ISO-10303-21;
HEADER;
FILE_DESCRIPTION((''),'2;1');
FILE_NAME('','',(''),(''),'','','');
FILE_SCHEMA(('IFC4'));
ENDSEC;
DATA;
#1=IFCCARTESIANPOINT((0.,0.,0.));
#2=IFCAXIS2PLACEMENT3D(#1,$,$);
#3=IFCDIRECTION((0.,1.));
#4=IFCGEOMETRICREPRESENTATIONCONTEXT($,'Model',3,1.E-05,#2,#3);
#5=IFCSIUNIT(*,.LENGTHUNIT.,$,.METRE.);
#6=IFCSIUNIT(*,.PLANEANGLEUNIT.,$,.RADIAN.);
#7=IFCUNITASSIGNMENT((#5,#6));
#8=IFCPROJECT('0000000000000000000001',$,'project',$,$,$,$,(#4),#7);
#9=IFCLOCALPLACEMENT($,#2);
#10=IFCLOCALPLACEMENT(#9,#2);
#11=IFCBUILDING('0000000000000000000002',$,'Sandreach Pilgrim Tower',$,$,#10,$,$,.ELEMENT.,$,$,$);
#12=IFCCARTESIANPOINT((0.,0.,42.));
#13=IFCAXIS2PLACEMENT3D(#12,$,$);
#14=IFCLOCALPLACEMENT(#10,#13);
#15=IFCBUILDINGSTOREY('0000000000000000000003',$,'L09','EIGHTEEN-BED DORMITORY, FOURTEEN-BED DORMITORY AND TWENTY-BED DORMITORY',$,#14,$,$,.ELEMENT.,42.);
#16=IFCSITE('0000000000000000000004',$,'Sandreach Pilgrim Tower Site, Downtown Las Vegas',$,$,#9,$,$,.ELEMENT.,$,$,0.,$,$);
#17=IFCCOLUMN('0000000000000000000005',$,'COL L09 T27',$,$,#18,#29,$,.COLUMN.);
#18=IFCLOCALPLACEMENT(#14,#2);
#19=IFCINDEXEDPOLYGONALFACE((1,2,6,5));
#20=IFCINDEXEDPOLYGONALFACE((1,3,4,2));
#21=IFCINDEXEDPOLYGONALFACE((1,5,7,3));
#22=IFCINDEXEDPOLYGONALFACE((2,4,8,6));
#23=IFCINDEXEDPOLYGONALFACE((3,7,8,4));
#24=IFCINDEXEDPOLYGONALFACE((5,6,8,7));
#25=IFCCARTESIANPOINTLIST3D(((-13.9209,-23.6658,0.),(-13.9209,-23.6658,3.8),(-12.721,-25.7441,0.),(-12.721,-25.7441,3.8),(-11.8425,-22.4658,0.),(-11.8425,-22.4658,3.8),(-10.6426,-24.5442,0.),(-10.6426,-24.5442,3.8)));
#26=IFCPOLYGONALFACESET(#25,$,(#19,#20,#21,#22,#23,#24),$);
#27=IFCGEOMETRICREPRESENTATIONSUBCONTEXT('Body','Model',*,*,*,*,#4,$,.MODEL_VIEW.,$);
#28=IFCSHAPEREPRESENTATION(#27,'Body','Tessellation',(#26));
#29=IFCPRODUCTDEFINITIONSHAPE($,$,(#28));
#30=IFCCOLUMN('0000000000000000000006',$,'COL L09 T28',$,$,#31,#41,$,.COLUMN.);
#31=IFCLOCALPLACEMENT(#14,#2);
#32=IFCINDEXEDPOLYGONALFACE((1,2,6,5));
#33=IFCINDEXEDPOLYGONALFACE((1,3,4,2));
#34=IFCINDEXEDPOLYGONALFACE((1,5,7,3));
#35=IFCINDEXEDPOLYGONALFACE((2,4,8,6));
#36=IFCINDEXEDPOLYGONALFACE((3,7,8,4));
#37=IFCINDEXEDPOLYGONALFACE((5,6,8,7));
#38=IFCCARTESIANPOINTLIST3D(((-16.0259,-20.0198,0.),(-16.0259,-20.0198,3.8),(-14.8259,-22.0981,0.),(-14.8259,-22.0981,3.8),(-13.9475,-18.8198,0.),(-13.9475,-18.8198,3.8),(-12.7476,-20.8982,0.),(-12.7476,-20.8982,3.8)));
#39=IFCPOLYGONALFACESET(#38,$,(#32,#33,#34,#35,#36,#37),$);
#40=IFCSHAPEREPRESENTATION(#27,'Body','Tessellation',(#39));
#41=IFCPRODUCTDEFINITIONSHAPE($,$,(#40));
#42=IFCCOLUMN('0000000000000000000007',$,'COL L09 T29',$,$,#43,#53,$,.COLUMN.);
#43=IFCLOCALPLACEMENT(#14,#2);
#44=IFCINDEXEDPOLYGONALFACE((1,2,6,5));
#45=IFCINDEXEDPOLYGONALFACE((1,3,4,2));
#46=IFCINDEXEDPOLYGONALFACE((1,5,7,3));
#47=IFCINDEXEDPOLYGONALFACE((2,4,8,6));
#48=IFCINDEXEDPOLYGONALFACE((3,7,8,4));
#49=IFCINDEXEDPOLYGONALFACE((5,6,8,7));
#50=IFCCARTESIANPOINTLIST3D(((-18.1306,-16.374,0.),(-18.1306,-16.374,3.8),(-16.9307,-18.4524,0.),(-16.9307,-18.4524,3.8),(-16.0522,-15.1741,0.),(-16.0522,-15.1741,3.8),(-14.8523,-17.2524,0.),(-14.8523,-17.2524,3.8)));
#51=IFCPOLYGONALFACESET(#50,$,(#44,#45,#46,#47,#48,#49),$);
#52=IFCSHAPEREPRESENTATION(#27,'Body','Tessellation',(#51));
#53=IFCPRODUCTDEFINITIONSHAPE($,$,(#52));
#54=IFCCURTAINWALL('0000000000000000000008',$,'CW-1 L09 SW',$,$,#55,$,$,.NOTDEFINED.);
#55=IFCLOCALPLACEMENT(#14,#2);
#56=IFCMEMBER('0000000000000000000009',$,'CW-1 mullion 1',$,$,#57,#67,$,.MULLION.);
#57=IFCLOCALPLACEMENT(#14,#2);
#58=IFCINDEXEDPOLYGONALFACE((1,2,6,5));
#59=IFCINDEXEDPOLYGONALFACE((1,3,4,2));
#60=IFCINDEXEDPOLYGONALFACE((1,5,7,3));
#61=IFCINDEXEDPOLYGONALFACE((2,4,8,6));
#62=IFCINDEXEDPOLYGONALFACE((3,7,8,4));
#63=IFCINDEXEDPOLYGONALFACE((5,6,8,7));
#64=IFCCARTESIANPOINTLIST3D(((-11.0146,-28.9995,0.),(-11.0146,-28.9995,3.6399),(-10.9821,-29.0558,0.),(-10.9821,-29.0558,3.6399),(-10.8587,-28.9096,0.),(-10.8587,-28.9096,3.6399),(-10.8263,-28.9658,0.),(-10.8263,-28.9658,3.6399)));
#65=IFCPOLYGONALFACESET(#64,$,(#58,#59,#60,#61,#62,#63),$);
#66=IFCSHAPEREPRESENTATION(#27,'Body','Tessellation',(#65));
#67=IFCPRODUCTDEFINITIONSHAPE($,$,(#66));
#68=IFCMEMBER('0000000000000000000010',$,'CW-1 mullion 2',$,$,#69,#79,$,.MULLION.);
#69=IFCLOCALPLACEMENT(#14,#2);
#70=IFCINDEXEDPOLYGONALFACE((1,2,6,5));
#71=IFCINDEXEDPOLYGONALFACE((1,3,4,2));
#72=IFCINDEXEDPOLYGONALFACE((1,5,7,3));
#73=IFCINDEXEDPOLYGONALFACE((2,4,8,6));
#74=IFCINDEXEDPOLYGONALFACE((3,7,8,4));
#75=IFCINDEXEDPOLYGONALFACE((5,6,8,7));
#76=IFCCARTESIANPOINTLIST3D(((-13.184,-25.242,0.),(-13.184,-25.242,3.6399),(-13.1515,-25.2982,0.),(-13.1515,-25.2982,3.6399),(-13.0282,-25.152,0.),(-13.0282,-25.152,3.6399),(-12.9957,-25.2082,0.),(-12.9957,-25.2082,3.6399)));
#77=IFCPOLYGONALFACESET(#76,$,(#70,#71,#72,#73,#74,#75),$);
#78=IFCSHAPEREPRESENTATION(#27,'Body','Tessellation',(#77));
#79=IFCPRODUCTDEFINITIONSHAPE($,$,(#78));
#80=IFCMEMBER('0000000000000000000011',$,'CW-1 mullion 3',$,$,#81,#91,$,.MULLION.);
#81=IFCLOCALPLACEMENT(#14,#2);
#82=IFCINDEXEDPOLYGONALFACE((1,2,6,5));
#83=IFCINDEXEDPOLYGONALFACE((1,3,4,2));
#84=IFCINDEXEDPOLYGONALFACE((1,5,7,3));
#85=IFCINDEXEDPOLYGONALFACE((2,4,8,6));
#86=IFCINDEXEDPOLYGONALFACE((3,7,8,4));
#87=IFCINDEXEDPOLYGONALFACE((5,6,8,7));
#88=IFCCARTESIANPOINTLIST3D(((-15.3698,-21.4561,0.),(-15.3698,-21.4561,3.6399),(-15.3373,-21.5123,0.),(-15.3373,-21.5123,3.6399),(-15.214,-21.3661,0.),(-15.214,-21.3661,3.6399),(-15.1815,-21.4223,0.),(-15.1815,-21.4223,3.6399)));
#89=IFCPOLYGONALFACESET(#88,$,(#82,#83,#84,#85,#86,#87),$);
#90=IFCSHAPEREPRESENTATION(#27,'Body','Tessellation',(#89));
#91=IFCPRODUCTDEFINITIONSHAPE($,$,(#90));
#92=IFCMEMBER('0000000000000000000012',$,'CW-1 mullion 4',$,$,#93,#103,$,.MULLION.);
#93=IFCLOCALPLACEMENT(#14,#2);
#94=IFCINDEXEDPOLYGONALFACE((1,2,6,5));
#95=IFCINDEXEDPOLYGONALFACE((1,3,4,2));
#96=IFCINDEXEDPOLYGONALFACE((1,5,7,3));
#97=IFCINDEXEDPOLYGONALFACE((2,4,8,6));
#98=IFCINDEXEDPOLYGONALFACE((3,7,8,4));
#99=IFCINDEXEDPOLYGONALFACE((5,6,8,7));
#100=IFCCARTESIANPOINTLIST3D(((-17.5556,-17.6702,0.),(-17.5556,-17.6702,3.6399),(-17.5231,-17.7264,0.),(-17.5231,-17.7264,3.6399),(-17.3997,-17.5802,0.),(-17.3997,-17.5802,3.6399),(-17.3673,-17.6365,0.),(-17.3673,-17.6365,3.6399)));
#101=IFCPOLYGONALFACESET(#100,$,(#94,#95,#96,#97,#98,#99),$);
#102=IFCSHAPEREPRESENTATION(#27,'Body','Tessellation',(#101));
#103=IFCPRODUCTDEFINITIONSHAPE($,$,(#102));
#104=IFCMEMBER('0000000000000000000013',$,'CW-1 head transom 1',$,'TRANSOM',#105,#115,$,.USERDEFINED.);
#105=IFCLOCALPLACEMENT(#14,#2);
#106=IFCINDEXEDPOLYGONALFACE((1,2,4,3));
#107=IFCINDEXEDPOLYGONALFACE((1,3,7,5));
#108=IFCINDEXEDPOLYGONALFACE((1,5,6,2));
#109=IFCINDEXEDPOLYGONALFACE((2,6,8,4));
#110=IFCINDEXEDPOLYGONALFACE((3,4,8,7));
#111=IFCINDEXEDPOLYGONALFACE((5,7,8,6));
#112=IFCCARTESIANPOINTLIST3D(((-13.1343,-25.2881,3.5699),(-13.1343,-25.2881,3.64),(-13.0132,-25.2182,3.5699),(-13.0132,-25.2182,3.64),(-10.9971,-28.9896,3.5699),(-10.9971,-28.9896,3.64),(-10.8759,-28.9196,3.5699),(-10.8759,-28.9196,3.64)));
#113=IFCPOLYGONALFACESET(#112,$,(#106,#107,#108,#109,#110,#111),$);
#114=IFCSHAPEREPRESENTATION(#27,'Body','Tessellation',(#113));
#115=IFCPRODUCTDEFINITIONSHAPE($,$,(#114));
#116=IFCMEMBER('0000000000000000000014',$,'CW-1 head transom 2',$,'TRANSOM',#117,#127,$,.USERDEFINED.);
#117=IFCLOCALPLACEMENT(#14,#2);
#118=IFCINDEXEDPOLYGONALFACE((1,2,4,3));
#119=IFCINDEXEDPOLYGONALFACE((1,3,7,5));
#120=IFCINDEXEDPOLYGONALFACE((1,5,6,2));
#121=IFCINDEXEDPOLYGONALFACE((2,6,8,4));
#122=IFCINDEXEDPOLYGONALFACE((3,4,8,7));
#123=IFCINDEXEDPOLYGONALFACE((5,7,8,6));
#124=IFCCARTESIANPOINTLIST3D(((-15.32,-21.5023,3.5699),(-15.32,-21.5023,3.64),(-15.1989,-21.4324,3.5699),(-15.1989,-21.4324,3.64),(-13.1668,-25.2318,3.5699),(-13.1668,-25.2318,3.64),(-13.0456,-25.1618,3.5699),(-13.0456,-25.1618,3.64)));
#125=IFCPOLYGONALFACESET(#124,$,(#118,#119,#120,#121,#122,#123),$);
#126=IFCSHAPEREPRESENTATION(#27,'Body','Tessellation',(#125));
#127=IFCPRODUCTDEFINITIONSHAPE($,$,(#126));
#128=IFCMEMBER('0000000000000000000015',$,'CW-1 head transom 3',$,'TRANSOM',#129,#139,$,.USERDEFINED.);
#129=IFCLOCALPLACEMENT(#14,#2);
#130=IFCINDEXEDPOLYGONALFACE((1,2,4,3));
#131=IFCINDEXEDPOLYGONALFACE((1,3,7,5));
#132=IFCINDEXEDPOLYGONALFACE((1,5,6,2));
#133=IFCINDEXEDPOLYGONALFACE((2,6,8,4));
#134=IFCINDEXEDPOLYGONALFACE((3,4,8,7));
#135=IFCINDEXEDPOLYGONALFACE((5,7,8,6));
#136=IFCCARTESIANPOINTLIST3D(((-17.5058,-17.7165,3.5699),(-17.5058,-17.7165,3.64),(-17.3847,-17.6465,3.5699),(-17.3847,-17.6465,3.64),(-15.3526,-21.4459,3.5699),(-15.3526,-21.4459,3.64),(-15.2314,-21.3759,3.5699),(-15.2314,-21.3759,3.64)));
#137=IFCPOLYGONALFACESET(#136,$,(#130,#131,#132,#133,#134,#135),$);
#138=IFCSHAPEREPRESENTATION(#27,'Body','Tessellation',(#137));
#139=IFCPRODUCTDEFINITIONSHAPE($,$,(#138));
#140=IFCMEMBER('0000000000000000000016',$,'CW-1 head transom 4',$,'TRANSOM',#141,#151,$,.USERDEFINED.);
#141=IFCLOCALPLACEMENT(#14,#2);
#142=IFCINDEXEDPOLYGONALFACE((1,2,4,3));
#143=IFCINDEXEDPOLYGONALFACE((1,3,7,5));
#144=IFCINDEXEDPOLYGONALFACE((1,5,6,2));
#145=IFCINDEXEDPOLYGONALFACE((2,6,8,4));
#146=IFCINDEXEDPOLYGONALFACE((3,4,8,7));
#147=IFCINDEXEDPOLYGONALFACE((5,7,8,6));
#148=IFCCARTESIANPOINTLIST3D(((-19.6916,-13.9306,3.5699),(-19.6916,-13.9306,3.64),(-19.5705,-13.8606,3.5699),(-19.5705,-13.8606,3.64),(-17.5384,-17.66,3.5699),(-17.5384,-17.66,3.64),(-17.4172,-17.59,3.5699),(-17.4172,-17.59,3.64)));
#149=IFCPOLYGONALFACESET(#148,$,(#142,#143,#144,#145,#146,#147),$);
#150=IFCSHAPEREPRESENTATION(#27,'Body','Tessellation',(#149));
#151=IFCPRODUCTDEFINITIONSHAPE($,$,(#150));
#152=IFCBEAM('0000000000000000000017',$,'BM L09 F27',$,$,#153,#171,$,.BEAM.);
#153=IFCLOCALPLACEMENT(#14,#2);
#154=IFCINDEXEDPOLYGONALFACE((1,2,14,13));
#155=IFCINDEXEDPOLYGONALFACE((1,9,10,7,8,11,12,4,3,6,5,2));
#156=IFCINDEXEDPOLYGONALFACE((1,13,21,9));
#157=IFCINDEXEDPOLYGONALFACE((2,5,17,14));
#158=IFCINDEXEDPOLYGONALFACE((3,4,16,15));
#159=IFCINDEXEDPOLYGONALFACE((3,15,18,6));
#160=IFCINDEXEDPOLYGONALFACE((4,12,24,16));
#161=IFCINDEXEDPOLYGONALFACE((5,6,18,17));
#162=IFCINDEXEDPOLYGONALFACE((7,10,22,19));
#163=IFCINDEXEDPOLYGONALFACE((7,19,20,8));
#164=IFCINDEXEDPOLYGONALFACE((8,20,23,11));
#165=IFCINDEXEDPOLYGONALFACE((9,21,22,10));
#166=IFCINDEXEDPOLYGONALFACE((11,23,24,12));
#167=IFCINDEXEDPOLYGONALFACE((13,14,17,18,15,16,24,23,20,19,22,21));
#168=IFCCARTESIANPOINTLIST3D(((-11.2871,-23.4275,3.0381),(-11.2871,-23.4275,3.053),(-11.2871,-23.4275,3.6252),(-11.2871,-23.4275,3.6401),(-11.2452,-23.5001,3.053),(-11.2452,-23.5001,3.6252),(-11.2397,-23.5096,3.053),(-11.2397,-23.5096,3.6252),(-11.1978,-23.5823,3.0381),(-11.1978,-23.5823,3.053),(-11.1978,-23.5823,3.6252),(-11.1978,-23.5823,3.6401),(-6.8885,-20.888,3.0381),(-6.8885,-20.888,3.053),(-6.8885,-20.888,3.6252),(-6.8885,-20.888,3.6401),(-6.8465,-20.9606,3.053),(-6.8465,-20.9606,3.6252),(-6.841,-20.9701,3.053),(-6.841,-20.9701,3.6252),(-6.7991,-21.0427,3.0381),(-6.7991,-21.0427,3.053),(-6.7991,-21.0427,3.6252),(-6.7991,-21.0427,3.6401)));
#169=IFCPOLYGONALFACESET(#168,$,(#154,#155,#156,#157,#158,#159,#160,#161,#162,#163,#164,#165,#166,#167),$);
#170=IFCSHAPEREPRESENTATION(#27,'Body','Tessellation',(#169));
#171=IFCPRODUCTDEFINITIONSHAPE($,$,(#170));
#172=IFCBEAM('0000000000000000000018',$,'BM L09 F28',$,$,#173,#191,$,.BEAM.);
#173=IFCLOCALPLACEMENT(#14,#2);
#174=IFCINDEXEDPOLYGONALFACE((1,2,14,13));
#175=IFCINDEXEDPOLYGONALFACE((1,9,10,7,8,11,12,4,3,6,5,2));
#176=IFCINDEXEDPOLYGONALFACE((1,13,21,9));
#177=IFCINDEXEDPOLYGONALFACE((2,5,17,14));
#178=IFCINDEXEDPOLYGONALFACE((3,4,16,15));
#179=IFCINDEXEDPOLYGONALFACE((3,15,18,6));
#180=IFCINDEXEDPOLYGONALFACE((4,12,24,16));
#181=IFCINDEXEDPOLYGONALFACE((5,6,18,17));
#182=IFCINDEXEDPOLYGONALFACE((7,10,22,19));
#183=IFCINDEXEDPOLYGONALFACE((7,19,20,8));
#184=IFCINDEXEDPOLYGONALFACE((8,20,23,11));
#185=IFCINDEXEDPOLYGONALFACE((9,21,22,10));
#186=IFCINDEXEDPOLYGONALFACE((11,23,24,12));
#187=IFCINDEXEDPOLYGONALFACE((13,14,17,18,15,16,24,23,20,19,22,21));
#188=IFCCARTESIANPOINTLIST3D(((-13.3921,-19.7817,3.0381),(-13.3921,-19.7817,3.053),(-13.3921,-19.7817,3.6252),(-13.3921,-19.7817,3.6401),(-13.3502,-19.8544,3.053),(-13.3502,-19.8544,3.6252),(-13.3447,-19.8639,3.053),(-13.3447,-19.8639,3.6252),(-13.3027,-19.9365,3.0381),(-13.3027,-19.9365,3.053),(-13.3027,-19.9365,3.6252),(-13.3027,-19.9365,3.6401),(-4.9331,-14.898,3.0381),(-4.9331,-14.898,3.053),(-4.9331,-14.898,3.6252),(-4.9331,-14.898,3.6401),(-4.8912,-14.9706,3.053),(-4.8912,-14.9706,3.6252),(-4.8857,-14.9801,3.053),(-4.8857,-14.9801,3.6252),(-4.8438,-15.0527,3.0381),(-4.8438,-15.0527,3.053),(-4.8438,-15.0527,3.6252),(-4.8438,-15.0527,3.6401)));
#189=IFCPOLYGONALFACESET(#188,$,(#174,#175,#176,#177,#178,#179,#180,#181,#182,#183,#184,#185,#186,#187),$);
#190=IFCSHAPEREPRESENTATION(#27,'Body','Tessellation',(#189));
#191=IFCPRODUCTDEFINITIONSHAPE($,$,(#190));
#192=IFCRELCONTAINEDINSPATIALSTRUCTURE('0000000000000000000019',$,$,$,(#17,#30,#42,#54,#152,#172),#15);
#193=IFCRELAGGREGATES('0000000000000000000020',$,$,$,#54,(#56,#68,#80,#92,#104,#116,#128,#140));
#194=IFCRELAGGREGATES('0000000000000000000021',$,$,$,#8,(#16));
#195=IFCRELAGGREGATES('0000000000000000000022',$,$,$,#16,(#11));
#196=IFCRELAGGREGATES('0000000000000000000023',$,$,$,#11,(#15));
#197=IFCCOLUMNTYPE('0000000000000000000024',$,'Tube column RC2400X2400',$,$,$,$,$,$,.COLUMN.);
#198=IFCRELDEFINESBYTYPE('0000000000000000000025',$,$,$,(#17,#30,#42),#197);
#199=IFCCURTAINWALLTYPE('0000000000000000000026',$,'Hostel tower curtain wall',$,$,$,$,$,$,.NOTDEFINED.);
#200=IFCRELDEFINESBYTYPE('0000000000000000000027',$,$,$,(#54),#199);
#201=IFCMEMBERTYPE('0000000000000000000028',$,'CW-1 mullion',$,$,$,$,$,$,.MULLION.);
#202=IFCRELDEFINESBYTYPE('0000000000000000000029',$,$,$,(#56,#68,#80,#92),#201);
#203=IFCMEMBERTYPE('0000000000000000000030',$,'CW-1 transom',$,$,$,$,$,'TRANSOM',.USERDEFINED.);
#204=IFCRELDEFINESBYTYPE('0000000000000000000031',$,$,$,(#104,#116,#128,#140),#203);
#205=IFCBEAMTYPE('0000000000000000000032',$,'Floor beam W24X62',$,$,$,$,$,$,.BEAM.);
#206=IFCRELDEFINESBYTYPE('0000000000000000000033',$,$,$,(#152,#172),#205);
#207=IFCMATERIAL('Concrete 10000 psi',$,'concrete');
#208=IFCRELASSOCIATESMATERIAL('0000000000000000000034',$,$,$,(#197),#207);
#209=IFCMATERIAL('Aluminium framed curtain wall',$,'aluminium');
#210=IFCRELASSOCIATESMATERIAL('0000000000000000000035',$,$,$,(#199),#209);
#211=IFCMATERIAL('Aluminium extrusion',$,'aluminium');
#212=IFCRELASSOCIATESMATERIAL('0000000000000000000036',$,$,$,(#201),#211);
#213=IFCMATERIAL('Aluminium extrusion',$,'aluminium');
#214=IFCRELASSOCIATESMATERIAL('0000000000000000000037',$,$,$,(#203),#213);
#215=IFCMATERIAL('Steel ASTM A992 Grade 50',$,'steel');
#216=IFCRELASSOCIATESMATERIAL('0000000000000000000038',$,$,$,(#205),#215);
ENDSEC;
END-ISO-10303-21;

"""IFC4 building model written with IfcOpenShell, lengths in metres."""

from ifc_helpers import new_model, si_unit, direction, frame, origin, origin_2d, place, context, subcontext, project, spatial, rectangle, i_section, extrude, material, material_profile, profile_set, type_object, element, aggregate, save


model = new_model("IFC4")

# Units and contexts
model_context = context("Model", 3, precision=1e-05, world=origin(), true_north=direction((0.0, 1.0)))
body_context = subcontext(model_context, "Body", "Model", "MODEL_VIEW")
ifc_project = project(units=[si_unit("LENGTHUNIT", "METRE"), si_unit("PLANEANGLEUNIT", "RADIAN")], contexts=[model_context])

# Site, building, storey
site_placement = place(None, origin())
site = spatial("IfcSite", under=ifc_project, at=site_placement, Name="Sandreach Pilgrim Tower Site, Downtown Las Vegas", CompositionType="ELEMENT", RefElevation=0.0)
building_placement = place(site_placement, origin())
building = spatial("IfcBuilding", under=site, at=building_placement, Name="Sandreach Pilgrim Tower", CompositionType="ELEMENT")
storey_placement = place(building_placement, frame((0.0, 0.0, 42.0)))
storey = spatial("IfcBuildingStorey", under=building, at=storey_placement, Name="L09", Description="EIGHTEEN-BED DORMITORY, FOURTEEN-BED DORMITORY AND TWENTY-BED DORMITORY", CompositionType="ELEMENT", Elevation=42.0)

# Columns
ifc_material_1 = material(Name="Concrete 10000 psi", Category="concrete")
ifc_material_profile_1 = material_profile(ifc_material_1, rectangle(XDim=2.3999, YDim=2.3999, at=origin_2d()), Name="RC2400X2400")
ifc_profile_set_1 = profile_set([ifc_material_profile_1], Name="Concrete 10000 psi")
column_type = type_object("IfcColumnType", Name="Tube column RC2400X2400", PredefinedType="COLUMN", material=ifc_profile_set_1)
for number, where, z_axis, x_axis, name in (
    (1, (-12.2817, -24.105, 0.0), (0.0, 0.0, 1.0), (-0.866025, -0.5, 0.0), "COL L09 T27"),
    (2, (-14.3867, -20.459, 0.0), (0.0, 0.0, 1.0), (-0.866025, -0.5, 0.0), "COL L09 T28"),
    (3, (-16.4915, -16.8132, 0.0), (0.0, 0.0, 1.0), (-0.866025, -0.5, 0.0), "COL L09 T29"),
):
    element("IfcColumn", number, at=place(storey_placement, frame(where, z_axis=z_axis, x_axis=x_axis)), inside=storey, type_object=column_type, Name=name, PredefinedType="COLUMN", context=body_context, shape_type="SweptSolid", body=[
        extrude(rectangle(XDim=2.3999, YDim=2.3999, at=origin_2d()), origin(), (0.0, 0.0, 1.0), 3.8),
    ])

# Curtain wall, members
ifc_material_2 = material(Name="Aluminium framed curtain wall", Category="aluminium")
curtain_wall_type = type_object("IfcCurtainWallType", Name="Hostel tower curtain wall", PredefinedType="NOTDEFINED", material=ifc_material_2)
curtain_wall_placement = place(storey_placement, origin())
curtain_wall = element("IfcCurtainWall", 4, at=curtain_wall_placement, inside=storey, type_object=curtain_wall_type, Name="CW-1 L09 SW", PredefinedType="NOTDEFINED")
ifc_material_3 = material(Name="Aluminium extrusion", Category="aluminium")
ifc_material_profile_2 = material_profile(ifc_material_3, rectangle(XDim=0.0649, YDim=0.1799, at=origin_2d()), Name="CW-1M 65X180")
ifc_profile_set_2 = profile_set([ifc_material_profile_2], Name="Aluminium extrusion")
member_type_1 = type_object("IfcMemberType", Name="CW-1 mullion", PredefinedType="MULLION", material=ifc_profile_set_2)
member_1_placement = place(storey_placement, frame((-10.9204, -28.9827, 0.0), z_axis=(0.0, 0.0, 1.0), x_axis=(-0.5, 0.866025, 0.0)))
member_1 = element("IfcMember", 5, at=member_1_placement, type_object=member_type_1, Name="CW-1 mullion 1", PredefinedType="MULLION", context=body_context, shape_type="SweptSolid", body=[
    extrude(rectangle(XDim=0.0649, YDim=0.1799, at=origin_2d()), origin(), (0.0, 0.0, 1.0), 3.6399),
])
member_2_placement = place(storey_placement, frame((-13.0898, -25.2251, 0.0), z_axis=(0.0, 0.0, 1.0), x_axis=(-0.5, 0.866025, 0.0)))
member_2 = element("IfcMember", 6, at=member_2_placement, type_object=member_type_1, Name="CW-1 mullion 2", PredefinedType="MULLION", context=body_context, shape_type="SweptSolid", body=[
    extrude(rectangle(XDim=0.0649, YDim=0.1799, at=origin_2d()), origin(), (0.0, 0.0, 1.0), 3.6399),
])
member_3_placement = place(storey_placement, frame((-15.2756, -21.4392, 0.0), z_axis=(0.0, 0.0, 1.0), x_axis=(-0.5, 0.866025, 0.0)))
member_3 = element("IfcMember", 7, at=member_3_placement, type_object=member_type_1, Name="CW-1 mullion 3", PredefinedType="MULLION", context=body_context, shape_type="SweptSolid", body=[
    extrude(rectangle(XDim=0.0649, YDim=0.1799, at=origin_2d()), origin(), (0.0, 0.0, 1.0), 3.6399),
])
member_4_placement = place(storey_placement, frame((-17.4614, -17.6533, 0.0), z_axis=(0.0, 0.0, 1.0), x_axis=(-0.5, 0.866025, 0.0)))
member_4 = element("IfcMember", 8, at=member_4_placement, type_object=member_type_1, Name="CW-1 mullion 4", PredefinedType="MULLION", context=body_context, shape_type="SweptSolid", body=[
    extrude(rectangle(XDim=0.0649, YDim=0.1799, at=origin_2d()), origin(), (0.0, 0.0, 1.0), 3.6399),
])
ifc_material_4 = material(Name="Aluminium extrusion", Category="aluminium")
ifc_material_profile_3 = material_profile(ifc_material_4, rectangle(XDim=0.1399, YDim=0.0701, at=origin_2d()), Name="CW-1T 140X70")
ifc_profile_set_3 = profile_set([ifc_material_profile_3], Name="Aluminium extrusion")
member_type_2 = type_object("IfcMemberType", Name="CW-1 transom", ElementType="TRANSOM", PredefinedType="USERDEFINED", material=ifc_profile_set_3)
member_5_placement = place(storey_placement, frame((-10.9365, -28.9546, 3.605), z_axis=(-0.500034, 0.866006, 0.0), x_axis=(-0.866006, -0.500034, 0.0)))
member_5 = element("IfcMember", 9, at=member_5_placement, type_object=member_type_2, Name="CW-1 head transom 1", ObjectType="TRANSOM", PredefinedType="USERDEFINED", context=body_context, shape_type="SweptSolid", body=[
    extrude(rectangle(XDim=0.1399, YDim=0.0701, at=origin_2d()), origin(), (0.0, 0.0, 1.0), 4.2742),
])
member_6_placement = place(storey_placement, frame((-13.1062, -25.1968, 3.605), z_axis=(-0.500017, 0.866016, 0.0), x_axis=(-0.866016, -0.500017, 0.0)))
member_6 = element("IfcMember", 10, at=member_6_placement, type_object=member_type_2, Name="CW-1 head transom 2", ObjectType="TRANSOM", PredefinedType="USERDEFINED", context=body_context, shape_type="SweptSolid", body=[
    extrude(rectangle(XDim=0.1399, YDim=0.0701, at=origin_2d()), origin(), (0.0, 0.0, 1.0), 4.3064),
])
member_7_placement = place(storey_placement, frame((-15.292, -21.4109, 3.605), z_axis=(-0.500017, 0.866016, 0.0), x_axis=(-0.866016, -0.500017, 0.0)))
member_7 = element("IfcMember", 11, at=member_7_placement, type_object=member_type_2, Name="CW-1 head transom 3", ObjectType="TRANSOM", PredefinedType="USERDEFINED", context=body_context, shape_type="SweptSolid", body=[
    extrude(rectangle(XDim=0.1399, YDim=0.0701, at=origin_2d()), origin(), (0.0, 0.0, 1.0), 4.3064),
])
member_8_placement = place(storey_placement, frame((-17.4778, -17.625, 3.605), z_axis=(-0.500017, 0.866016, 0.0), x_axis=(-0.866016, -0.500017, 0.0)))
member_8 = element("IfcMember", 12, at=member_8_placement, type_object=member_type_2, Name="CW-1 head transom 4", ObjectType="TRANSOM", PredefinedType="USERDEFINED", context=body_context, shape_type="SweptSolid", body=[
    extrude(rectangle(XDim=0.1399, YDim=0.0701, at=origin_2d()), origin(), (0.0, 0.0, 1.0), 4.3064),
])

# Beams
ifc_material_5 = material(Name="Steel ASTM A992 Grade 50", Category="steel")
ifc_material_profile_4 = material_profile(ifc_material_5, i_section(OverallWidth=0.1787, OverallDepth=0.6021, WebThickness=0.011, FlangeThickness=0.0149, at=origin_2d()), Name="W24X62")
ifc_profile_set_4 = profile_set([ifc_material_profile_4], Name="Steel ASTM A992 Grade 50")
beam_type_1 = type_object("IfcBeamType", Name="Floor beam W24X62", PredefinedType="BEAM", material=ifc_profile_set_4)
beam_1_placement = place(storey_placement, frame((-11.2424, -23.5049, 3.3391), z_axis=(0.866028, 0.499996, 0.0), x_axis=(-0.499996, 0.866028, 0.0)))
element("IfcBeam", 13, at=beam_1_placement, inside=storey, type_object=beam_type_1, Name="BM L09 F27", PredefinedType="BEAM", context=body_context, shape_type="SweptSolid", body=[
    extrude(i_section(OverallWidth=0.1787, OverallDepth=0.6021, WebThickness=0.011, FlangeThickness=0.0149, at=origin_2d()), origin(), (0.0, 0.0, 1.0), 5.0791),
])
beam_2_placement = place(storey_placement, frame((-13.3474, -19.8591, 3.3391), z_axis=(0.866026, 0.499999, 0.0), x_axis=(-0.499999, 0.866026, 0.0)))
element("IfcBeam", 14, at=beam_2_placement, inside=storey, type_object=beam_type_1, Name="BM L09 F28", PredefinedType="BEAM", context=body_context, shape_type="SweptSolid", body=[
    extrude(i_section(OverallWidth=0.1787, OverallDepth=0.6021, WebThickness=0.011, FlangeThickness=0.0149, at=origin_2d()), origin(), (0.0, 0.0, 1.0), 9.7676),
])

aggregate(curtain_wall, [member_1, member_2, member_3, member_4, member_5, member_6, member_7, member_8])

save(model, "model.ifc")
